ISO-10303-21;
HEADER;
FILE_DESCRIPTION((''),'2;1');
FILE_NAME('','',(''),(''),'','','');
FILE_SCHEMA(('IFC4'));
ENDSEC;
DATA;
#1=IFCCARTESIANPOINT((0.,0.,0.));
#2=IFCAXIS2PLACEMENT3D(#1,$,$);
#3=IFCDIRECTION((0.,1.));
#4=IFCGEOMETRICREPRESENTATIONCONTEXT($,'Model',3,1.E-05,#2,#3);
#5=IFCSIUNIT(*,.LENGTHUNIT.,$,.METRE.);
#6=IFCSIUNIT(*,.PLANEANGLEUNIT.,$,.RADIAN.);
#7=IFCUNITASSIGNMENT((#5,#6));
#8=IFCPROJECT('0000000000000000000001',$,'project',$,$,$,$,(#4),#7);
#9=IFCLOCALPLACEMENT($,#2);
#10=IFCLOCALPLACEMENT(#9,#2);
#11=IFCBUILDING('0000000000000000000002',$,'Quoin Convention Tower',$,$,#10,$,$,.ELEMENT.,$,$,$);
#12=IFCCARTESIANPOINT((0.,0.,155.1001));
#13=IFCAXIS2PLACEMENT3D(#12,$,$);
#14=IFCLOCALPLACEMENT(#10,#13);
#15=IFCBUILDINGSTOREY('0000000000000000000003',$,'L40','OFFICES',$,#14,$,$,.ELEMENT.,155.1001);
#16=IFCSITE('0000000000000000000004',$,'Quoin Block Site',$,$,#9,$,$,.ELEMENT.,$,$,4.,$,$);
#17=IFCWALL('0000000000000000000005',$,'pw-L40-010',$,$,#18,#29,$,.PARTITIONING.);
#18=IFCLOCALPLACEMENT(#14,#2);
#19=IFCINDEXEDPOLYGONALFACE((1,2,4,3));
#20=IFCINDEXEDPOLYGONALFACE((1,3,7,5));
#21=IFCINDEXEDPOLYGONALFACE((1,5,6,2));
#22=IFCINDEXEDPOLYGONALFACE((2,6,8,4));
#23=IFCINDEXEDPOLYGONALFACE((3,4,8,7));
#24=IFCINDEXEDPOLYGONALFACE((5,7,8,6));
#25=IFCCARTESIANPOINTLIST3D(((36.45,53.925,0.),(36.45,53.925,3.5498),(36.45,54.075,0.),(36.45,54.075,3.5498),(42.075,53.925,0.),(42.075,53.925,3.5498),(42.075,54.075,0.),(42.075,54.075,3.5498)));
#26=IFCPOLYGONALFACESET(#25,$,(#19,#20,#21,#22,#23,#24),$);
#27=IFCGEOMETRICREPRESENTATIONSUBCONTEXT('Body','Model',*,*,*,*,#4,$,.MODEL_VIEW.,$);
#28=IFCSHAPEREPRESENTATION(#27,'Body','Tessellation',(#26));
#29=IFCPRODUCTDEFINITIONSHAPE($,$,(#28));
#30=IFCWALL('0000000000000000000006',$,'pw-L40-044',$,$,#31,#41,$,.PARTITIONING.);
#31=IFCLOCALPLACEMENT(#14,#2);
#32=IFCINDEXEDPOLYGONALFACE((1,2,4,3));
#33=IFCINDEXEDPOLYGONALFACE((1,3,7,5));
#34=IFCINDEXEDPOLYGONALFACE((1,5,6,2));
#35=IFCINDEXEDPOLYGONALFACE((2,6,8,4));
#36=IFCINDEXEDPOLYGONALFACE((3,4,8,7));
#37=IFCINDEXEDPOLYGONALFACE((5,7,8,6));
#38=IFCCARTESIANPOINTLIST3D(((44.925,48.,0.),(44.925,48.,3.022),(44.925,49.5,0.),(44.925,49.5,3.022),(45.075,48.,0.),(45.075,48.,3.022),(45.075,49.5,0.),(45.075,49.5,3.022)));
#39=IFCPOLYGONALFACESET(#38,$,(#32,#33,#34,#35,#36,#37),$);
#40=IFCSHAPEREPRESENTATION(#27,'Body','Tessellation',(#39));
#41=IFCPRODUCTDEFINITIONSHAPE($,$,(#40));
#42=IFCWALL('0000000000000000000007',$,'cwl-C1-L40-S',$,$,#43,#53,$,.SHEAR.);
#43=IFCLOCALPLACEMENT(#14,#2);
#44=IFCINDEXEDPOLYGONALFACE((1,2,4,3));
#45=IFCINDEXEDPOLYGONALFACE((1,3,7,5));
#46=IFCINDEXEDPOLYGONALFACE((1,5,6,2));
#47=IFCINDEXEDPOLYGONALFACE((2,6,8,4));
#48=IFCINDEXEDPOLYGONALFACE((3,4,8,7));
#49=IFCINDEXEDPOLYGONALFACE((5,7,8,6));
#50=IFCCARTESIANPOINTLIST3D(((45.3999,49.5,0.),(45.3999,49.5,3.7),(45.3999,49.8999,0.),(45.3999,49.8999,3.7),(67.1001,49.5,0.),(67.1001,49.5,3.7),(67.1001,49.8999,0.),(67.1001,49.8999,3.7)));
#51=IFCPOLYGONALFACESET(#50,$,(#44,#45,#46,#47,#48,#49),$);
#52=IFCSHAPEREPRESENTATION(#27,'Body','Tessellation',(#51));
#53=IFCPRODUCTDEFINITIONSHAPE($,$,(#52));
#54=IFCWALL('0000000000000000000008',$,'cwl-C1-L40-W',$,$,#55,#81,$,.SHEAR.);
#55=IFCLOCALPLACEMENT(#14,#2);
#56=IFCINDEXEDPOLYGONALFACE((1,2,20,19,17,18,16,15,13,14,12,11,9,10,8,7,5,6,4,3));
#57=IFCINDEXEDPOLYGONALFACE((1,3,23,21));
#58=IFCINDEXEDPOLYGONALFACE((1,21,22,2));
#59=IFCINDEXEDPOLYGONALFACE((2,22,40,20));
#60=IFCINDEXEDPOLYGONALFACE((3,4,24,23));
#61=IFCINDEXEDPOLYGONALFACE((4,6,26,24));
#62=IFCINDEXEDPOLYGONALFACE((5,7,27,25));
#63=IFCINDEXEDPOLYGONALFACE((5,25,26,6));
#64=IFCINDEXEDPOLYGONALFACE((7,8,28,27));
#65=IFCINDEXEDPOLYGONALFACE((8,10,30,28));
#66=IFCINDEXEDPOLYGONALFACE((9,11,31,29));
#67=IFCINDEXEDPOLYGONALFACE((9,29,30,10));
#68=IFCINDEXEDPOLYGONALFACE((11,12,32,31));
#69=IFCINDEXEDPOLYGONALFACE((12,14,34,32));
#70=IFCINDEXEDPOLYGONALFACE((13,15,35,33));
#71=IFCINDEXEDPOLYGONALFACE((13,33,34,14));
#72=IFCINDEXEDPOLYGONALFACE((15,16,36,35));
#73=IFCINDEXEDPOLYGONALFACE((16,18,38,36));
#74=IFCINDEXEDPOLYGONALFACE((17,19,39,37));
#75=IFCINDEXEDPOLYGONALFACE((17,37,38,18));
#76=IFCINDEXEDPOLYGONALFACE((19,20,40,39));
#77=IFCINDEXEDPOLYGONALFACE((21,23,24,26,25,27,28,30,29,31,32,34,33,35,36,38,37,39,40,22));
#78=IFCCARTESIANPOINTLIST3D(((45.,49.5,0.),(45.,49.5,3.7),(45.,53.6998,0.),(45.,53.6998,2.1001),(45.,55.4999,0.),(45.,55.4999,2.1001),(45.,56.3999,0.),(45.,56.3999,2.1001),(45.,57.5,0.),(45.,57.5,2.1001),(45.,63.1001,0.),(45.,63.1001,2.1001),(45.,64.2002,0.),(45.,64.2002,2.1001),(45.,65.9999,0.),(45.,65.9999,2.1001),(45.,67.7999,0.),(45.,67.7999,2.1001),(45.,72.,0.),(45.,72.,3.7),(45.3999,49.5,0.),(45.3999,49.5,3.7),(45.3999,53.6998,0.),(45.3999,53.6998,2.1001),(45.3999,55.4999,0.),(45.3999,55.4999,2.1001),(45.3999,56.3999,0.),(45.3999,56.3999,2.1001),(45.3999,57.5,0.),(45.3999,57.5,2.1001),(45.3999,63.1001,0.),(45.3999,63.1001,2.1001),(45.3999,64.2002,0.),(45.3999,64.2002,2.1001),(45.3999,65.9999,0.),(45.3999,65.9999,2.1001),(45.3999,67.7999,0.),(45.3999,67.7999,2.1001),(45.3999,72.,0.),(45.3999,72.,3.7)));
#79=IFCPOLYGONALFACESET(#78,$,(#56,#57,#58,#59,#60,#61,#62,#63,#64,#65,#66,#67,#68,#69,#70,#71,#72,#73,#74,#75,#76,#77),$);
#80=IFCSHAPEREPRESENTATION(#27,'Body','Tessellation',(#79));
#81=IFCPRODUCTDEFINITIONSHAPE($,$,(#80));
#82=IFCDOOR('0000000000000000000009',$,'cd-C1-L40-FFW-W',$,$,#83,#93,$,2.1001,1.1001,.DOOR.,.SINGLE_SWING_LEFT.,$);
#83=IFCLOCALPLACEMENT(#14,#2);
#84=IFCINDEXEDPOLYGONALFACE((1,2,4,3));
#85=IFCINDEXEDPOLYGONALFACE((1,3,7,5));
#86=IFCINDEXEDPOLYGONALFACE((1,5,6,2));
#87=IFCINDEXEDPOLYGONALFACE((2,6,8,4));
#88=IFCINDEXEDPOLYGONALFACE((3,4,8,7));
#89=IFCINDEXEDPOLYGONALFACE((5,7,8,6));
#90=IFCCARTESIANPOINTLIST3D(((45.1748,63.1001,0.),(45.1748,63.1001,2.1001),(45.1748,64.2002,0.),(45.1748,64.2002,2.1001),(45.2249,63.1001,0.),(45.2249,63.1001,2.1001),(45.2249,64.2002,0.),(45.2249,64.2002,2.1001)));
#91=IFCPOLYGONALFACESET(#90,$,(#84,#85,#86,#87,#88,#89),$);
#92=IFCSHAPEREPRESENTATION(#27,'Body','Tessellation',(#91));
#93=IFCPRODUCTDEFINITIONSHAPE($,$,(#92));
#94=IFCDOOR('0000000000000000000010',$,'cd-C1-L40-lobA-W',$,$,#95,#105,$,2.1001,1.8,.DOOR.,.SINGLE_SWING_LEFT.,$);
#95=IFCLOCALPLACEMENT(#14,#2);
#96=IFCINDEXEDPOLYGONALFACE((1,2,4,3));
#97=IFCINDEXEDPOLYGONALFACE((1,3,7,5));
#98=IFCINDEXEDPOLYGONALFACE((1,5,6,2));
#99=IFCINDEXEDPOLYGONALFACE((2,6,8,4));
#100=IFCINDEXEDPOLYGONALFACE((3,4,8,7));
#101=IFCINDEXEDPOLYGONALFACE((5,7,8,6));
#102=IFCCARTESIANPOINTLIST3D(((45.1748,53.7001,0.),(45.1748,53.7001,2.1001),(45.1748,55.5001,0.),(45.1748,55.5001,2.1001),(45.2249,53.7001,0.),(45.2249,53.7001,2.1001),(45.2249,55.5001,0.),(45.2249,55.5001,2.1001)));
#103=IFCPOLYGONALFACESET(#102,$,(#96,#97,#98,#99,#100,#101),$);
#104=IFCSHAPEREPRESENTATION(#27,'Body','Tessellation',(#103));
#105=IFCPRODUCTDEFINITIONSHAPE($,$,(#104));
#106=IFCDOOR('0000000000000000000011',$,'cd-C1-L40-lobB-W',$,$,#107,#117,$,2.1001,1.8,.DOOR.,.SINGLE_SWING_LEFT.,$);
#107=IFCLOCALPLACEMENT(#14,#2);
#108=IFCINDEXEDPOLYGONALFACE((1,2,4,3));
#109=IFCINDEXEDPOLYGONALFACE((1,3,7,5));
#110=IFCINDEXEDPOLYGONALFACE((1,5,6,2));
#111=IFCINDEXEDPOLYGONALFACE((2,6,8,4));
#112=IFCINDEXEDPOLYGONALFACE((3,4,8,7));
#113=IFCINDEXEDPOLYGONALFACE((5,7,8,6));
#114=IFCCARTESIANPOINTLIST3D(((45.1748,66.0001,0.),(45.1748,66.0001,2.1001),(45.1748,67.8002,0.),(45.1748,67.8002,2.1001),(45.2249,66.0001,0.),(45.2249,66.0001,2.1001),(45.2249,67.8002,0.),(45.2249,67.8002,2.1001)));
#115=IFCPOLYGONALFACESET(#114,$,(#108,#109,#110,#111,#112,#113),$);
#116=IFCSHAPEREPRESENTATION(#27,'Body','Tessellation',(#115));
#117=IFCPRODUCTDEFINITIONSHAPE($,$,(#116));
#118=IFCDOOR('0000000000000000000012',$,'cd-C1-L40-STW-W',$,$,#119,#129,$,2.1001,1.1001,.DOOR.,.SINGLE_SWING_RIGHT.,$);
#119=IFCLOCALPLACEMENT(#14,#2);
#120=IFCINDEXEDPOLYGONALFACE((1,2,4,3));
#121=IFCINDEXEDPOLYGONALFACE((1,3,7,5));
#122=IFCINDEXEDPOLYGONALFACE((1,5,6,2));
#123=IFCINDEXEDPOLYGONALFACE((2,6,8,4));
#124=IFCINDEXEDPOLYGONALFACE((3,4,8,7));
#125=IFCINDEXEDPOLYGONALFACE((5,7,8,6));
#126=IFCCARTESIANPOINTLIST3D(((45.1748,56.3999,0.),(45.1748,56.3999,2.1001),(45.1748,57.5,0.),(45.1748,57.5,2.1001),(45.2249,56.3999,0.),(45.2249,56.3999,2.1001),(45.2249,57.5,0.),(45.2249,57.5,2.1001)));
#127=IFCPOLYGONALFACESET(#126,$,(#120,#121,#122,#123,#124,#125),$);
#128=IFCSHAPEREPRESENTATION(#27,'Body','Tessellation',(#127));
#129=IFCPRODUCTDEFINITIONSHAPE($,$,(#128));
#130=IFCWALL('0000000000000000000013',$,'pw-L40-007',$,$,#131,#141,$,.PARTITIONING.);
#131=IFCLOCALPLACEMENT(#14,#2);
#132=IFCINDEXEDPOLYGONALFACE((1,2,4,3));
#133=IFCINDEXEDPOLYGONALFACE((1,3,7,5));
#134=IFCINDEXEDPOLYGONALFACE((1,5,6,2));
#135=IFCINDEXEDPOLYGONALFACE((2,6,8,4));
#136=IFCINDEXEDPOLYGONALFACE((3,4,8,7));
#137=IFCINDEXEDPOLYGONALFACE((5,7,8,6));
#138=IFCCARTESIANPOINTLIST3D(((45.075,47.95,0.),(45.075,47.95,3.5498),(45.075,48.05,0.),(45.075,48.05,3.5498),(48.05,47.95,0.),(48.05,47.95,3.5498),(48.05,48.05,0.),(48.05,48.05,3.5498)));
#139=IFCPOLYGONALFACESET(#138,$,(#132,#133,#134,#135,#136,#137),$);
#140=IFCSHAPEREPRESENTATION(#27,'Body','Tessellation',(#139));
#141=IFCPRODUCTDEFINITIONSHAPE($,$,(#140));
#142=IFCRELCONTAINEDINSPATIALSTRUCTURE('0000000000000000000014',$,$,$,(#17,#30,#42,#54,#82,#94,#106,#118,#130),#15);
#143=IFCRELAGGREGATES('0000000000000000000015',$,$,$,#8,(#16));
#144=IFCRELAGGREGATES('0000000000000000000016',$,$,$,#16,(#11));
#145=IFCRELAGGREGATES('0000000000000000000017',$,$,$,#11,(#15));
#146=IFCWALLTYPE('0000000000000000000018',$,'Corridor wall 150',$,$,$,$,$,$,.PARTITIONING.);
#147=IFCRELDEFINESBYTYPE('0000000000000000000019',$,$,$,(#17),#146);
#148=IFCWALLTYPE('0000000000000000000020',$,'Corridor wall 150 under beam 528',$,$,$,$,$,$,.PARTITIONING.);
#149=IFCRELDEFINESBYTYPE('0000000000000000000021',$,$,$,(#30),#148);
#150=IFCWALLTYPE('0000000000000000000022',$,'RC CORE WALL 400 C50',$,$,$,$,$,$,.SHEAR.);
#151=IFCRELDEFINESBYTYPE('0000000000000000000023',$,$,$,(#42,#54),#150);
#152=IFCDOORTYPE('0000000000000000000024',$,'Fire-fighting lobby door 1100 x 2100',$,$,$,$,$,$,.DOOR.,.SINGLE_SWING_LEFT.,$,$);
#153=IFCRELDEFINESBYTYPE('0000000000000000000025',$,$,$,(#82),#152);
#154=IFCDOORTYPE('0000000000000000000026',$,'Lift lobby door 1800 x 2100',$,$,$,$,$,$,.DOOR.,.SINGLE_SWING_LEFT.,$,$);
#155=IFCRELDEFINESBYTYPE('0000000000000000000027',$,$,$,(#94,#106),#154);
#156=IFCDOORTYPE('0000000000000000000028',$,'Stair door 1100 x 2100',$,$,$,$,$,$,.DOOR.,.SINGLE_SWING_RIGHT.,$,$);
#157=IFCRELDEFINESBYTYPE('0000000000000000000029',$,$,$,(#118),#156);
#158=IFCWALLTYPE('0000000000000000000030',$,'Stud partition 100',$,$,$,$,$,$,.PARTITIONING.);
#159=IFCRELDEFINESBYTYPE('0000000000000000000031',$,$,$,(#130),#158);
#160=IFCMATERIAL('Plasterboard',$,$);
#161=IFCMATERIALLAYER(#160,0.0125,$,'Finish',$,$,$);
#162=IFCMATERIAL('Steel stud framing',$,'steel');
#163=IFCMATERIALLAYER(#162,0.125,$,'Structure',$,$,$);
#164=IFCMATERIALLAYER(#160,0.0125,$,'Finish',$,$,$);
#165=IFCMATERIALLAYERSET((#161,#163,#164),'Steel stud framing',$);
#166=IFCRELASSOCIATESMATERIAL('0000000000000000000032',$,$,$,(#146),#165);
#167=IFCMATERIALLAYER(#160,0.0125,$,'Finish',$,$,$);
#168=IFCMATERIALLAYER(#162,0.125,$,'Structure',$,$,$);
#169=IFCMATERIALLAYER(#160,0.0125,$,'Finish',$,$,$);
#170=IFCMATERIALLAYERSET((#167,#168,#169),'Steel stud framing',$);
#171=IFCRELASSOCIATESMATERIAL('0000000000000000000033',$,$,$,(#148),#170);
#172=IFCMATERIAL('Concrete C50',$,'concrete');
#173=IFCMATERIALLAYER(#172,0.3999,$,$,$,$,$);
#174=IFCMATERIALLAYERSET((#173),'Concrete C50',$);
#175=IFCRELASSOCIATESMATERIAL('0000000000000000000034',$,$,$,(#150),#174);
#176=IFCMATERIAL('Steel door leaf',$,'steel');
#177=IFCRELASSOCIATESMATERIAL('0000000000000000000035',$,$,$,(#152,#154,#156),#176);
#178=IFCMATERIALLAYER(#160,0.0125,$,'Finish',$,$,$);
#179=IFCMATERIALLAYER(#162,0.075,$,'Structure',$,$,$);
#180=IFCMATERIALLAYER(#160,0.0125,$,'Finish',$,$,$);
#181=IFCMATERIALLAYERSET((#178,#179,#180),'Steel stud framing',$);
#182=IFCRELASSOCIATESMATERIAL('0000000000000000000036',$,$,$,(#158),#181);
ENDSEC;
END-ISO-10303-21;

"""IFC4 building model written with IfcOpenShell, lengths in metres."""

from ifc_helpers import new_model, si_unit, direction, frame, frame_2d, origin, place, context, subcontext, project, spatial, rectangle, extrude, material, layer, layer_set, type_object, element, fill, save


model = new_model("IFC4")

# Units and contexts
model_context = context("Model", 3, precision=1e-05, world=origin(), true_north=direction((0.0, 1.0)))
body_context = subcontext(model_context, "Body", "Model", "MODEL_VIEW")
ifc_project = project(units=[si_unit("LENGTHUNIT", "METRE"), si_unit("PLANEANGLEUNIT", "RADIAN")], contexts=[model_context])

# Site, building, storey
site_placement = place(None, origin())
site = spatial("IfcSite", under=ifc_project, at=site_placement, Name="Quoin Block Site", CompositionType="ELEMENT", RefElevation=4.0)
building_placement = place(site_placement, origin())
building = spatial("IfcBuilding", under=site, at=building_placement, Name="Quoin Convention Tower", CompositionType="ELEMENT")
storey_placement = place(building_placement, frame((0.0, 0.0, 155.1001)))
storey = spatial("IfcBuildingStorey", under=building, at=storey_placement, Name="L40", Description="OFFICES", CompositionType="ELEMENT", Elevation=155.1001)

# Shared definitions
ifc_material_1 = material(Name="Plasterboard")
ifc_material_2 = material(Name="Steel stud framing", Category="steel")
ifc_material_3 = material(Name="Steel door leaf", Category="steel")

# Walls
ifc_material_4 = material(Name="Concrete C50", Category="concrete")
ifc_layer_1 = layer(ifc_material_1, 0.0125, Name="Finish")
ifc_layer_2 = layer(ifc_material_2, 0.125, Name="Structure")
ifc_layer_3 = layer(ifc_material_1, 0.0125, Name="Finish")
ifc_layer_set_1 = layer_set([ifc_layer_1, ifc_layer_2, ifc_layer_3], Name="Steel stud framing")
wall_type_1 = type_object("IfcWallType", Name="Corridor wall 150", PredefinedType="PARTITIONING", material=ifc_layer_set_1)
wall_1_placement = place(storey_placement, frame((36.45, 54.0, 0.0), z_axis=(0.0, 0.0, 1.0), x_axis=(1.0, 0.0, 0.0)))
element("IfcWall", 1, at=wall_1_placement, inside=storey, type_object=wall_type_1, Name="pw-L40-010", PredefinedType="PARTITIONING", context=body_context, shape_type="SweptSolid", body=[
    extrude(rectangle(XDim=5.625, YDim=0.1499, at=frame_2d((2.8125, 0.0))), origin(), (0.0, 0.0, 1.0), 3.5498),
])
ifc_layer_4 = layer(ifc_material_1, 0.0125, Name="Finish")
ifc_layer_5 = layer(ifc_material_2, 0.125, Name="Structure")
ifc_layer_6 = layer(ifc_material_1, 0.0125, Name="Finish")
ifc_layer_set_2 = layer_set([ifc_layer_4, ifc_layer_5, ifc_layer_6], Name="Steel stud framing")
wall_type_2 = type_object("IfcWallType", Name="Corridor wall 150 under beam 528", PredefinedType="PARTITIONING", material=ifc_layer_set_2)
wall_2_placement = place(storey_placement, frame((45.0, 48.0, 0.0), z_axis=(0.0, 0.0, 1.0), x_axis=(0.0, 1.0, 0.0)))
element("IfcWall", 2, at=wall_2_placement, inside=storey, type_object=wall_type_2, Name="pw-L40-044", PredefinedType="PARTITIONING", context=body_context, shape_type="SweptSolid", body=[
    extrude(rectangle(XDim=1.5, YDim=0.1499, at=frame_2d((0.75, 0.0))), origin(), (0.0, 0.0, 1.0), 3.022),
])
ifc_layer_7 = layer(ifc_material_4, 0.3999)
ifc_layer_set_3 = layer_set([ifc_layer_7], Name="Concrete C50")
wall_type_3 = type_object("IfcWallType", Name="RC CORE WALL 400 C50", PredefinedType="SHEAR", material=ifc_layer_set_3)
wall_3_placement = place(storey_placement, frame((45.3999, 49.7, 0.0), z_axis=(0.0, 0.0, 1.0), x_axis=(1.0, 0.0, 0.0)))
element("IfcWall", 3, at=wall_3_placement, inside=storey, type_object=wall_type_3, Name="cwl-C1-L40-S", PredefinedType="SHEAR", context=body_context, shape_type="SweptSolid", body=[
    extrude(rectangle(XDim=21.7002, YDim=0.3999, at=frame_2d((10.8501, 0.0))), origin(), (0.0, 0.0, 1.0), 3.7),
])

# Wall, openings, doors
wall_4_placement = place(storey_placement, frame((45.2, 49.5, 0.0), z_axis=(0.0, 0.0, 1.0), x_axis=(0.0, 1.0, 0.0)))
wall_4 = element("IfcWall", 4, at=wall_4_placement, inside=storey, type_object=wall_type_3, Name="cwl-C1-L40-W", PredefinedType="SHEAR", context=body_context, shape_type="SweptSolid", body=[
    extrude(rectangle(XDim=22.5, YDim=0.3999, at=frame_2d((11.25, 0.0))), origin(), (0.0, 0.0, 1.0), 3.7),
])
opening_1_placement = place(wall_4_placement, frame((4.2, 0.0, 0.0)))
opening_1 = element("IfcOpeningElement", 5, at=opening_1_placement, cuts=wall_4, PredefinedType="OPENING", context=body_context, shape_type="SweptSolid", body=[
    extrude(rectangle(XDim=1.8, YDim=2.1001, at=frame_2d((0.8999, 1.05))), frame((0.0, 0.21, 0.0), z_axis=(0.0, -1.0, 0.0), x_axis=(1.0, 0.0, 0.0)), (0.0, 0.0, 1.0), 0.4199),
])
opening_2_placement = place(wall_4_placement, frame((6.8999, 0.0, 0.0)))
opening_2 = element("IfcOpeningElement", 6, at=opening_2_placement, cuts=wall_4, PredefinedType="OPENING", context=body_context, shape_type="SweptSolid", body=[
    extrude(rectangle(XDim=1.1001, YDim=2.1001, at=frame_2d((0.55, 1.05))), frame((0.0, 0.21, 0.0), z_axis=(0.0, -1.0, 0.0), x_axis=(1.0, 0.0, 0.0)), (0.0, 0.0, 1.0), 0.4199),
])
opening_3_placement = place(wall_4_placement, frame((13.6001, 0.0, 0.0)))
opening_3 = element("IfcOpeningElement", 7, at=opening_3_placement, cuts=wall_4, PredefinedType="OPENING", context=body_context, shape_type="SweptSolid", body=[
    extrude(rectangle(XDim=1.1001, YDim=2.1001, at=frame_2d((0.55, 1.05))), frame((0.0, 0.21, 0.0), z_axis=(0.0, -1.0, 0.0), x_axis=(1.0, 0.0, 0.0)), (0.0, 0.0, 1.0), 0.4199),
])
opening_4_placement = place(wall_4_placement, frame((16.5, 0.0, 0.0)))
opening_4 = element("IfcOpeningElement", 8, at=opening_4_placement, cuts=wall_4, PredefinedType="OPENING", context=body_context, shape_type="SweptSolid", body=[
    extrude(rectangle(XDim=1.8, YDim=2.1001, at=frame_2d((0.8999, 1.05))), frame((0.0, 0.21, 0.0), z_axis=(0.0, -1.0, 0.0), x_axis=(1.0, 0.0, 0.0)), (0.0, 0.0, 1.0), 0.4199),
])
door_type_1 = type_object("IfcDoorType", Name="Fire-fighting lobby door 1100 x 2100", OperationType="SINGLE_SWING_LEFT", PredefinedType="DOOR", material=ifc_material_3)
door_1_placement = place(opening_3_placement, frame((1.1001, 0.0, 0.0), z_axis=(0.0, 0.0, 1.0), x_axis=(-1.0, 0.0, 0.0)))
door_1 = element("IfcDoor", 9, at=door_1_placement, inside=storey, type_object=door_type_1, Name="cd-C1-L40-FFW-W", OperationType="SINGLE_SWING_LEFT", OverallHeight=2.1001, OverallWidth=1.1001, PredefinedType="DOOR", context=body_context, shape_type="SweptSolid", body=[
    extrude(rectangle(XDim=1.1001, YDim=2.1001, at=frame_2d((0.55, 1.05))), frame((0.0, 0.0249, 0.0), z_axis=(0.0, -1.0, 0.0), x_axis=(1.0, 0.0, 0.0)), (0.0, 0.0, 1.0), 0.05),
])
fill(opening_3, door_1)
door_type_2 = type_object("IfcDoorType", Name="Lift lobby door 1800 x 2100", OperationType="SINGLE_SWING_LEFT", PredefinedType="DOOR", material=ifc_material_3)
door_2_placement = place(opening_1_placement, frame((1.8, 0.0, 0.0), z_axis=(0.0, 0.0, 1.0), x_axis=(-1.0, 0.0, 0.0)))
door_2 = element("IfcDoor", 10, at=door_2_placement, inside=storey, type_object=door_type_2, Name="cd-C1-L40-lobA-W", OperationType="SINGLE_SWING_LEFT", OverallHeight=2.1001, OverallWidth=1.8, PredefinedType="DOOR", context=body_context, shape_type="SweptSolid", body=[
    extrude(rectangle(XDim=1.8, YDim=2.1001, at=frame_2d((0.8999, 1.05))), frame((0.0, 0.0249, 0.0), z_axis=(0.0, -1.0, 0.0), x_axis=(1.0, 0.0, 0.0)), (0.0, 0.0, 1.0), 0.05),
])
fill(opening_1, door_2)
door_3_placement = place(opening_4_placement, frame((1.8, 0.0, 0.0), z_axis=(0.0, 0.0, 1.0), x_axis=(-1.0, 0.0, 0.0)))
door_3 = element("IfcDoor", 11, at=door_3_placement, inside=storey, type_object=door_type_2, Name="cd-C1-L40-lobB-W", OperationType="SINGLE_SWING_LEFT", OverallHeight=2.1001, OverallWidth=1.8, PredefinedType="DOOR", context=body_context, shape_type="SweptSolid", body=[
    extrude(rectangle(XDim=1.8, YDim=2.1001, at=frame_2d((0.8999, 1.05))), frame((0.0, 0.0249, 0.0), z_axis=(0.0, -1.0, 0.0), x_axis=(1.0, 0.0, 0.0)), (0.0, 0.0, 1.0), 0.05),
])
fill(opening_4, door_3)
door_type_3 = type_object("IfcDoorType", Name="Stair door 1100 x 2100", OperationType="SINGLE_SWING_RIGHT", PredefinedType="DOOR", material=ifc_material_3)
door_4_placement = place(opening_2_placement, frame((1.1001, 0.0, 0.0), z_axis=(0.0, 0.0, 1.0), x_axis=(-1.0, 0.0, 0.0)))
door_4 = element("IfcDoor", 12, at=door_4_placement, inside=storey, type_object=door_type_3, Name="cd-C1-L40-STW-W", OperationType="SINGLE_SWING_RIGHT", OverallHeight=2.1001, OverallWidth=1.1001, PredefinedType="DOOR", context=body_context, shape_type="SweptSolid", body=[
    extrude(rectangle(XDim=1.1001, YDim=2.1001, at=frame_2d((0.55, 1.05))), frame((0.0, 0.0249, 0.0), z_axis=(0.0, -1.0, 0.0), x_axis=(1.0, 0.0, 0.0)), (0.0, 0.0, 1.0), 0.05),
])
fill(opening_2, door_4)

# Wall
ifc_layer_8 = layer(ifc_material_1, 0.0125, Name="Finish")
ifc_layer_9 = layer(ifc_material_2, 0.075, Name="Structure")
ifc_layer_10 = layer(ifc_material_1, 0.0125, Name="Finish")
ifc_layer_set_4 = layer_set([ifc_layer_8, ifc_layer_9, ifc_layer_10], Name="Steel stud framing")
wall_type_4 = type_object("IfcWallType", Name="Stud partition 100", PredefinedType="PARTITIONING", material=ifc_layer_set_4)
wall_5_placement = place(storey_placement, frame((45.075, 48.0, 0.0), z_axis=(0.0, 0.0, 1.0), x_axis=(1.0, 0.0, 0.0)))
element("IfcWall", 13, at=wall_5_placement, inside=storey, type_object=wall_type_4, Name="pw-L40-007", PredefinedType="PARTITIONING", context=body_context, shape_type="SweptSolid", body=[
    extrude(rectangle(XDim=2.9751, YDim=0.1001, at=frame_2d((1.4875, 0.0))), origin(), (0.0, 0.0, 1.0), 3.5498),
])

save(model, "model.ifc")
